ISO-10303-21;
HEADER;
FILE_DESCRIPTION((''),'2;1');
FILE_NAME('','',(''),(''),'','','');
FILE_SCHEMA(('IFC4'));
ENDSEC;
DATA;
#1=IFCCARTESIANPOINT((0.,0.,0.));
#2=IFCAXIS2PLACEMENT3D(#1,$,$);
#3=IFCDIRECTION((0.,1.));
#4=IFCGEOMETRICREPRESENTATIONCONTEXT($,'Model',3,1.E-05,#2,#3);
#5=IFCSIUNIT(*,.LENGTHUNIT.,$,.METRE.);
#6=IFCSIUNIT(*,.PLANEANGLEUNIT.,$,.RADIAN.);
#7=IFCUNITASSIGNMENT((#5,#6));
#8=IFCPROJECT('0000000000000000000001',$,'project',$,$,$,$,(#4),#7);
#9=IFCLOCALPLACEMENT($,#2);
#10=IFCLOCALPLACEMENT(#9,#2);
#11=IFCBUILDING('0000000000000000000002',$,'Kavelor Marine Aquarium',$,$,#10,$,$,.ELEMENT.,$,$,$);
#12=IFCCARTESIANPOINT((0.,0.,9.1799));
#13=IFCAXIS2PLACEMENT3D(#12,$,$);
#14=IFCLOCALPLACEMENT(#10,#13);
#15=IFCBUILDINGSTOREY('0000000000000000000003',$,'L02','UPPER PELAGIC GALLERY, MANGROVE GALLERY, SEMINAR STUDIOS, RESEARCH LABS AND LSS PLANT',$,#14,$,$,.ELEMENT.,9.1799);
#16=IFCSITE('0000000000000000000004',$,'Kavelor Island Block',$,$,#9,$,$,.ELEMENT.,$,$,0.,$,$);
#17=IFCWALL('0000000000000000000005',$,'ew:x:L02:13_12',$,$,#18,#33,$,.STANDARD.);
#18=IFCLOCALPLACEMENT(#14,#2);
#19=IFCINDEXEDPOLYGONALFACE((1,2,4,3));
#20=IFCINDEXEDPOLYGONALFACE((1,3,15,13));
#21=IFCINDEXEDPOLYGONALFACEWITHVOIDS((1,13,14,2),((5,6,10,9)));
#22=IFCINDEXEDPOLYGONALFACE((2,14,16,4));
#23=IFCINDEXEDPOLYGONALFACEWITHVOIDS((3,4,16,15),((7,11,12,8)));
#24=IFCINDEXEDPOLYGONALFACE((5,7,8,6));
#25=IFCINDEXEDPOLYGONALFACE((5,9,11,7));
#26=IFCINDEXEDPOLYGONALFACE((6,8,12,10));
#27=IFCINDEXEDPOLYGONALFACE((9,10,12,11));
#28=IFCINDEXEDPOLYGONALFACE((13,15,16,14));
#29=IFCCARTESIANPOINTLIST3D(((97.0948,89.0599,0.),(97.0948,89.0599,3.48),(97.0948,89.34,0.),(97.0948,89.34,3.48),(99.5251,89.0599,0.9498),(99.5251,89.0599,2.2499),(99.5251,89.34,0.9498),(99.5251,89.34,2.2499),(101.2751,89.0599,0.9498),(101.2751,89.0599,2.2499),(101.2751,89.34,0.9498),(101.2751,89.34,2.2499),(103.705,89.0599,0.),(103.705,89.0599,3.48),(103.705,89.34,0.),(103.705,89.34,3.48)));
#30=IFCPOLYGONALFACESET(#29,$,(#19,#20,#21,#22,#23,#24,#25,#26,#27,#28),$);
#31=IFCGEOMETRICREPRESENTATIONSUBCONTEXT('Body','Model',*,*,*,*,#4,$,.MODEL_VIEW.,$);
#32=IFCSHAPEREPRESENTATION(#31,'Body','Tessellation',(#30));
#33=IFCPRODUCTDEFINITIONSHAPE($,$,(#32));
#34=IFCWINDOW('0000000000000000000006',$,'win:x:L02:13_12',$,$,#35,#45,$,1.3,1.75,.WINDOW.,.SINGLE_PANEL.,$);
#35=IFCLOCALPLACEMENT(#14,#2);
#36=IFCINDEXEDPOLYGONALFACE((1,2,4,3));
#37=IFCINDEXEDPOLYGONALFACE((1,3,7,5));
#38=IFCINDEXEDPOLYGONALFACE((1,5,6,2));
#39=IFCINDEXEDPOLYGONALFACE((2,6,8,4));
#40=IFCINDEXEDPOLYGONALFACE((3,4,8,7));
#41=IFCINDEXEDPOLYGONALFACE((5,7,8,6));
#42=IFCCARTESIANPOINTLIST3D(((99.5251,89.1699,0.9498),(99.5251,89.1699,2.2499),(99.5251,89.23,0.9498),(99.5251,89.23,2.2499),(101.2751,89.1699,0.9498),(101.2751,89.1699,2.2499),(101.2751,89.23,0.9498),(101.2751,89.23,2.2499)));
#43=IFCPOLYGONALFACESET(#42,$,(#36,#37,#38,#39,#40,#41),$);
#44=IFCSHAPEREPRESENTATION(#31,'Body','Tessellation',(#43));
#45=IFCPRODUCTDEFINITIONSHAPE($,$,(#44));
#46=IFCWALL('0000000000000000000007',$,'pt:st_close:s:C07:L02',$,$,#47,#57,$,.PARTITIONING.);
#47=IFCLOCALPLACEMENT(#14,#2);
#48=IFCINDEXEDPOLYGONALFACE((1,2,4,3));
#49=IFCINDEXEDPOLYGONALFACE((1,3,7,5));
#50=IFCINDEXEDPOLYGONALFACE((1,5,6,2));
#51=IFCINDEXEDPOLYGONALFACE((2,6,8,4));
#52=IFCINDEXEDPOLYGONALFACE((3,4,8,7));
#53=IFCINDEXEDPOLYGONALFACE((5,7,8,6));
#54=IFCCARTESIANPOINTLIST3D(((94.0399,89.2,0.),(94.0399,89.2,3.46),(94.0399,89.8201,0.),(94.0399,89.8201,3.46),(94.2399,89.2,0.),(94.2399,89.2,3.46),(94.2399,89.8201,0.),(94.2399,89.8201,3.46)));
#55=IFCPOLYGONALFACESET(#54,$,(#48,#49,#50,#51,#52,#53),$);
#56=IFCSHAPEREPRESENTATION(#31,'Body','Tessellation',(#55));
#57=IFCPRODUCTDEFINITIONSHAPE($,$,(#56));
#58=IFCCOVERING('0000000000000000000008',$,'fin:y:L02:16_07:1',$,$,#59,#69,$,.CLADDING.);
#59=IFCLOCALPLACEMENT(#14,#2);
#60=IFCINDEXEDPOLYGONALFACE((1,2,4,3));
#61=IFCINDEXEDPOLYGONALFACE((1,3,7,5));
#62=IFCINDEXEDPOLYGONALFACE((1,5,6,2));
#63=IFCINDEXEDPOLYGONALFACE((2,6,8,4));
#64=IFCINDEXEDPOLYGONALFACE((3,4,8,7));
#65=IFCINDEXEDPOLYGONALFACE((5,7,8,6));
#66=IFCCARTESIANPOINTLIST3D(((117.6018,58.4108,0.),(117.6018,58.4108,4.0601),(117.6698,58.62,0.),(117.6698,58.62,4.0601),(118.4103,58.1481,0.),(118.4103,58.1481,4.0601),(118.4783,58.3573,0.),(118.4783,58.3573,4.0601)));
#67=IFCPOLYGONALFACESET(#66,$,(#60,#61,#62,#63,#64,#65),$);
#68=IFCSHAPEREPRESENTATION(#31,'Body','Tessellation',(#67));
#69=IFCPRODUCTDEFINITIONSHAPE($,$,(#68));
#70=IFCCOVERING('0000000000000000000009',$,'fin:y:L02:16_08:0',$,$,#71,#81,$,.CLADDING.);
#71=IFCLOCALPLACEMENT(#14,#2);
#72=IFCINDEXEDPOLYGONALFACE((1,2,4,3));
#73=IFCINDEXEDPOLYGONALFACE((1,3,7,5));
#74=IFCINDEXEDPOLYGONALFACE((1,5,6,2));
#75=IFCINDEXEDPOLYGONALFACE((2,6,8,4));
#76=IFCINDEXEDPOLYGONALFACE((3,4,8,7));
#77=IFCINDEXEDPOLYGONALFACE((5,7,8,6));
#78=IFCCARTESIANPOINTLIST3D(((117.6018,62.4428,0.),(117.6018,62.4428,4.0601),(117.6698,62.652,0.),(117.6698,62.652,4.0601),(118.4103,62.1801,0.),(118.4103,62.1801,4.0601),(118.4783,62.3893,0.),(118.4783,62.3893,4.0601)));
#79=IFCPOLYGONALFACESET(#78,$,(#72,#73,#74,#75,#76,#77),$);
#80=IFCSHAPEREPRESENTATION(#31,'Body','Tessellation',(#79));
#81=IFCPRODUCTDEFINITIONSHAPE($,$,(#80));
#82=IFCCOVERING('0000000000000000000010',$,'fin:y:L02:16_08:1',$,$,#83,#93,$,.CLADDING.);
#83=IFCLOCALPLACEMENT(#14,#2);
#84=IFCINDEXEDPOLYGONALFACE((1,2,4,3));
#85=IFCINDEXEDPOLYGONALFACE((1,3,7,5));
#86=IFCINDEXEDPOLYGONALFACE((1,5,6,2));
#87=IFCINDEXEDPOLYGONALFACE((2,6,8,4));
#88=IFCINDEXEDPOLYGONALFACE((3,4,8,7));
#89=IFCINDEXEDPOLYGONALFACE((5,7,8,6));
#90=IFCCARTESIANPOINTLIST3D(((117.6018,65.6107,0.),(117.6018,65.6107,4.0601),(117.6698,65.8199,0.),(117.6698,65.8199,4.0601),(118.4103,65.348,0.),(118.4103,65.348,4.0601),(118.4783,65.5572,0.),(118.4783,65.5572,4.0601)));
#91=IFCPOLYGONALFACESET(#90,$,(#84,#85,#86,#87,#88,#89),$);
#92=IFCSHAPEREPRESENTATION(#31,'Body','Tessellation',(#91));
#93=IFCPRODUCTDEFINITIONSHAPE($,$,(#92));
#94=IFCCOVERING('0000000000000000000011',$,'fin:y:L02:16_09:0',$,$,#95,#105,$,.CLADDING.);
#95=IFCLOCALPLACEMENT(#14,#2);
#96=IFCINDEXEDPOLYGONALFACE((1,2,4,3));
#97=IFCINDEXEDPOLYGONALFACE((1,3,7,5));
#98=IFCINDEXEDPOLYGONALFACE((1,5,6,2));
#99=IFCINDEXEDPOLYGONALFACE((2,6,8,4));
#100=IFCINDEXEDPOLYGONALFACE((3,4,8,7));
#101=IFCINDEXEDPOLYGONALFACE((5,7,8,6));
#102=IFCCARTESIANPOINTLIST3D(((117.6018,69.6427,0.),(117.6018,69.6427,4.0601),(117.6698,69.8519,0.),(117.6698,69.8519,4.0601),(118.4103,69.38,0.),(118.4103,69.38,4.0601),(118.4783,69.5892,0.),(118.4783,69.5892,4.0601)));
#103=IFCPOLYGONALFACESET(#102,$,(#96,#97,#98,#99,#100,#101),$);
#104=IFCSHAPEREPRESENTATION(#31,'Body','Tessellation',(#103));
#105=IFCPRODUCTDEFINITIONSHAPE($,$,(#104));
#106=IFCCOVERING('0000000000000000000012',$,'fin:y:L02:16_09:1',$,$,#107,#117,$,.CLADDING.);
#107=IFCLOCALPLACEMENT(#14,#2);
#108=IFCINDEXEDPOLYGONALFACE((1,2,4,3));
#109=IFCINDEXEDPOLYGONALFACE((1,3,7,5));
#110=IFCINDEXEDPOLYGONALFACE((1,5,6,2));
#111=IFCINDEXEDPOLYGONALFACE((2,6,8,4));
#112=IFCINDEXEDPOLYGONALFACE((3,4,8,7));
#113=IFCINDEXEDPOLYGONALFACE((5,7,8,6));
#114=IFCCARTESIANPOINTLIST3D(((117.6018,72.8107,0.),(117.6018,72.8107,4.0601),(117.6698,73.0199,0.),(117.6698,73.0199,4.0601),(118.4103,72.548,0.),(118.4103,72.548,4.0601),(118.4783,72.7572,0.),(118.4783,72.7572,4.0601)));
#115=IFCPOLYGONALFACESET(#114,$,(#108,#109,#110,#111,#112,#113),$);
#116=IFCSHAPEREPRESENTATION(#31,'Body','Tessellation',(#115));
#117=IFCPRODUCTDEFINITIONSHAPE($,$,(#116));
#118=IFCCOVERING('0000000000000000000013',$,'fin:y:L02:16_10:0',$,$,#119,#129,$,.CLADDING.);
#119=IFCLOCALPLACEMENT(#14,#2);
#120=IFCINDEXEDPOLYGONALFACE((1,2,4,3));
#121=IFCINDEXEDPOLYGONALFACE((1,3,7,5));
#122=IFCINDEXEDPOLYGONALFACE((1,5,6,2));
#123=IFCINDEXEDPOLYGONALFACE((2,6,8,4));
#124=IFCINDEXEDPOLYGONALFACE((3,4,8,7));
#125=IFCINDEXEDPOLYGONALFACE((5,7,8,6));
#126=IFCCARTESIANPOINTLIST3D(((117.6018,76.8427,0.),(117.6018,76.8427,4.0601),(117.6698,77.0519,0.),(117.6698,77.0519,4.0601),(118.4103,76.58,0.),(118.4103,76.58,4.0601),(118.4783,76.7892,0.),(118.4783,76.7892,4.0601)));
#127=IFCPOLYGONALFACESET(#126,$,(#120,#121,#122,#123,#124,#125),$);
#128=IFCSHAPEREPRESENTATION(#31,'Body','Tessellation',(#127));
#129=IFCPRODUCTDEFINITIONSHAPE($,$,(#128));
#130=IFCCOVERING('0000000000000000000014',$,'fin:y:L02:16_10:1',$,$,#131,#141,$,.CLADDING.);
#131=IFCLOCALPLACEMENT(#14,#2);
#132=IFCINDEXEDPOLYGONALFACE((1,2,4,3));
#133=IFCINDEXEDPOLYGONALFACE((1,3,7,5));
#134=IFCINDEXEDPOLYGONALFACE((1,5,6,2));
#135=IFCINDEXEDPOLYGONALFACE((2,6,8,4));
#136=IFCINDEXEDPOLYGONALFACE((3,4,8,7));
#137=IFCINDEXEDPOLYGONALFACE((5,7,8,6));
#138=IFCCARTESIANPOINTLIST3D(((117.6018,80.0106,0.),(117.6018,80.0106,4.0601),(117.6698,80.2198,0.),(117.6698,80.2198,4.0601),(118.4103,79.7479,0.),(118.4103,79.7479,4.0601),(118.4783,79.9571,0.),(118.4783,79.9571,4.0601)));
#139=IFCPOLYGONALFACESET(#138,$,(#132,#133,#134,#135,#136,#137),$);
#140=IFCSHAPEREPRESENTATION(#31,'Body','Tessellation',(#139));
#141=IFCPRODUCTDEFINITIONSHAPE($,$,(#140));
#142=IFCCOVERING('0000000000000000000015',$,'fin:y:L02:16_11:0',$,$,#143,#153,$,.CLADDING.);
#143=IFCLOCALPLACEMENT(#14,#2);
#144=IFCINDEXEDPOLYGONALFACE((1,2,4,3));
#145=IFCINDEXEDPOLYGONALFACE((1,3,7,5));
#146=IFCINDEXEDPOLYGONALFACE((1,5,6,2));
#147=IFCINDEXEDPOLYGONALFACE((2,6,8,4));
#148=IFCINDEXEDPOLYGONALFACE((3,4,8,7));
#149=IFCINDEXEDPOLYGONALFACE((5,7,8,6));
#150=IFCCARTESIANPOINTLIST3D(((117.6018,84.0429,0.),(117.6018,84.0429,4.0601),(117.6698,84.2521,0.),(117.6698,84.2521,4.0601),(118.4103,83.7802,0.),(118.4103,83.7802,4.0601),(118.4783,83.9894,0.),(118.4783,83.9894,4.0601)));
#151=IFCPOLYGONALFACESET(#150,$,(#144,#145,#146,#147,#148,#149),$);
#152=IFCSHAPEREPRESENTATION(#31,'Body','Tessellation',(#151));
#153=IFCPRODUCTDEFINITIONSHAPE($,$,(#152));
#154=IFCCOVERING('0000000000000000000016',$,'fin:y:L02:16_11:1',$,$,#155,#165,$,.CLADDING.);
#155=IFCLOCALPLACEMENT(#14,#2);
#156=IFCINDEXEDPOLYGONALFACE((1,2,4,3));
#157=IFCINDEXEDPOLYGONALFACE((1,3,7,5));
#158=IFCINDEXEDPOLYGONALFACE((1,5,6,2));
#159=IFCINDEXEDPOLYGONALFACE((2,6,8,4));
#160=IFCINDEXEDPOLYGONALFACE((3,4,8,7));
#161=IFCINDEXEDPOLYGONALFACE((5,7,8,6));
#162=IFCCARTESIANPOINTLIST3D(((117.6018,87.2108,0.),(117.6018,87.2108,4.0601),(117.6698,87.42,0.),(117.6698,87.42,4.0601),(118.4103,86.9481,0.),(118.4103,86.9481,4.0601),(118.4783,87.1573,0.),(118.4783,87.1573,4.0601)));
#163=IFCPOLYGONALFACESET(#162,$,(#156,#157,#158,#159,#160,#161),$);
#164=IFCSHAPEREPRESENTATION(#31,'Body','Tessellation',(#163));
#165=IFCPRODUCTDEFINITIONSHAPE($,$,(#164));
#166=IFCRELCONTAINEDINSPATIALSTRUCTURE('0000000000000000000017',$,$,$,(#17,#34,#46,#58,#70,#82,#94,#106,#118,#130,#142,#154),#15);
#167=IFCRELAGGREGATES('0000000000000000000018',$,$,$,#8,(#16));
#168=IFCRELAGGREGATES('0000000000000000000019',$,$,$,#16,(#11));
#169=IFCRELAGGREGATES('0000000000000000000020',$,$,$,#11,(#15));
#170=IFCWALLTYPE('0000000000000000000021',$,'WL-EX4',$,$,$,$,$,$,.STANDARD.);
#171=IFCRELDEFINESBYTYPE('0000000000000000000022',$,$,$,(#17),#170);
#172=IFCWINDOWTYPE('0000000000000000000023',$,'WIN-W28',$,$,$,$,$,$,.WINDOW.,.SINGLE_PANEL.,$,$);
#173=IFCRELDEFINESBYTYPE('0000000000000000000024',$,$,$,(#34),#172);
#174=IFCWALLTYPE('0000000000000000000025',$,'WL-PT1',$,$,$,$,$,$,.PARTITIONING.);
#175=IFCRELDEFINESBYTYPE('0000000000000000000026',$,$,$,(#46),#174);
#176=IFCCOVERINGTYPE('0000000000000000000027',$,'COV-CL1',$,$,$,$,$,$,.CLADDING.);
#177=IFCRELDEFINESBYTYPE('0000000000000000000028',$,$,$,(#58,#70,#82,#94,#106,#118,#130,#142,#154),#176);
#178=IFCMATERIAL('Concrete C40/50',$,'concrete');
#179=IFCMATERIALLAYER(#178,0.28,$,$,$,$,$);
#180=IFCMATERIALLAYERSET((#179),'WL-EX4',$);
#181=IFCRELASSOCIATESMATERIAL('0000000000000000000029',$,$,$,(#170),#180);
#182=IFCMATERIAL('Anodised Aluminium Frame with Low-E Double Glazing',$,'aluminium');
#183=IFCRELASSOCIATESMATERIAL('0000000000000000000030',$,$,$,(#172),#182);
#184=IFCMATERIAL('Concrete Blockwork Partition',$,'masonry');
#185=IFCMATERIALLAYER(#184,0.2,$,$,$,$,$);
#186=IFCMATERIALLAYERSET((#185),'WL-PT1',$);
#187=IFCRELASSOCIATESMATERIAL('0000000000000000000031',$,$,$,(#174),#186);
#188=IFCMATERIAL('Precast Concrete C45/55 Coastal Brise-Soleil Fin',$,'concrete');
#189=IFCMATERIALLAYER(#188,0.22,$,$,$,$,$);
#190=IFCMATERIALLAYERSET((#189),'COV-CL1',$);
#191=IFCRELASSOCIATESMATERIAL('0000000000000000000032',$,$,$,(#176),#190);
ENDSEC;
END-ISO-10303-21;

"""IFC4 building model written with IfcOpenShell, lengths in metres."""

from ifc_helpers import new_model, si_unit, direction, frame, frame_2d, origin, origin_2d, place, context, subcontext, project, spatial, rectangle, extrude, material, layer, layer_set, type_object, element, fill, save


model = new_model("IFC4")

# Units and contexts
model_context = context("Model", 3, precision=1e-05, world=origin(), true_north=direction((0.0, 1.0)))
body_context = subcontext(model_context, "Body", "Model", "MODEL_VIEW")
ifc_project = project(units=[si_unit("LENGTHUNIT", "METRE"), si_unit("PLANEANGLEUNIT", "RADIAN")], contexts=[model_context])

# Site, building, storey
site_placement = place(None, origin())
site = spatial("IfcSite", under=ifc_project, at=site_placement, Name="Kavelor Island Block", CompositionType="ELEMENT", RefElevation=0.0)
building_placement = place(site_placement, origin())
building = spatial("IfcBuilding", under=site, at=building_placement, Name="Kavelor Marine Aquarium", CompositionType="ELEMENT")
storey_placement = place(building_placement, frame((0.0, 0.0, 9.1799)))
storey = spatial("IfcBuildingStorey", under=building, at=storey_placement, Name="L02", Description="UPPER PELAGIC GALLERY, MANGROVE GALLERY, SEMINAR STUDIOS, RESEARCH LABS AND LSS PLANT", CompositionType="ELEMENT", Elevation=9.1799)

# Wall, opening, window
ifc_material_1 = material(Name="Concrete C40/50", Category="concrete")
ifc_layer_1 = layer(ifc_material_1, 0.28)
ifc_layer_set_1 = layer_set([ifc_layer_1], Name="WL-EX4")
wall_type_1 = type_object("IfcWallType", Name="WL-EX4", PredefinedType="STANDARD", material=ifc_layer_set_1)
wall_1_placement = place(storey_placement, frame((103.7051, 89.2, 0.0), z_axis=(0.0, 0.0, 1.0), x_axis=(-1.0, 0.0, 0.0)))
wall_1 = element("IfcWall", 1, at=wall_1_placement, inside=storey, type_object=wall_type_1, Name="ew:x:L02:13_12", PredefinedType="STANDARD", context=body_context, shape_type="SweptSolid", body=[
    extrude(rectangle(XDim=6.6101, YDim=0.28, at=frame_2d((3.3052, 0.0))), origin(), (0.0, 0.0, 1.0), 3.48),
])
opening_placement = place(wall_1_placement, frame((2.4299, 0.0, 0.95)))
opening = element("IfcOpeningElement", 2, at=opening_placement, cuts=wall_1, PredefinedType="OPENING", context=body_context, shape_type="SweptSolid", body=[
    extrude(rectangle(XDim=1.75, YDim=1.3, at=frame_2d((0.875, 0.6499))), frame((0.0, 0.1499, 0.0), z_axis=(0.0, -1.0, 0.0), x_axis=(1.0, 0.0, 0.0)), (0.0, 0.0, 1.0), 0.3),
])
ifc_material_2 = material(Name="Anodised Aluminium Frame with Low-E Double Glazing", Category="aluminium")
window_type = type_object("IfcWindowType", Name="WIN-W28", PartitioningType="SINGLE_PANEL", PredefinedType="WINDOW", material=ifc_material_2)
window_placement = place(opening_placement, origin())
window = element("IfcWindow", 3, at=window_placement, inside=storey, type_object=window_type, Name="win:x:L02:13_12", OverallHeight=1.3, OverallWidth=1.75, PartitioningType="SINGLE_PANEL", PredefinedType="WINDOW", context=body_context, shape_type="SweptSolid", body=[
    extrude(rectangle(XDim=1.75, YDim=1.3, at=frame_2d((0.875, 0.6499))), frame((0.0, 0.03, 0.0), z_axis=(0.0, -1.0, 0.0), x_axis=(1.0, 0.0, 0.0)), (0.0, 0.0, 1.0), 0.0601),
])
fill(opening, window)

# Wall
ifc_material_3 = material(Name="Concrete Blockwork Partition", Category="masonry")
ifc_layer_2 = layer(ifc_material_3, 0.2)
ifc_layer_set_2 = layer_set([ifc_layer_2], Name="WL-PT1")
wall_type_2 = type_object("IfcWallType", Name="WL-PT1", PredefinedType="PARTITIONING", material=ifc_layer_set_2)
wall_2_placement = place(storey_placement, frame((94.1399, 89.2, 0.0), z_axis=(0.0, 0.0, 1.0), x_axis=(0.0, 1.0, 0.0)))
element("IfcWall", 4, at=wall_2_placement, inside=storey, type_object=wall_type_2, Name="pt:st_close:s:C07:L02", PredefinedType="PARTITIONING", context=body_context, shape_type="SweptSolid", body=[
    extrude(rectangle(XDim=0.6201, YDim=0.2, at=frame_2d((0.3101, 0.0))), origin(), (0.0, 0.0, 1.0), 3.46),
])

# Coverings
ifc_material_4 = material(Name="Precast Concrete C45/55 Coastal Brise-Soleil Fin", Category="concrete")
ifc_layer_3 = layer(ifc_material_4, 0.22)
ifc_layer_set_3 = layer_set([ifc_layer_3], Name="COV-CL1")
covering_type = type_object("IfcCoveringType", Name="COV-CL1", PredefinedType="CLADDING", material=ifc_layer_set_3)
for number, where, z_axis, x_axis, name in (
    (5, (118.04, 58.384, 0.0), (0.0, 0.0, 1.0), (0.951057, -0.309017, 0.0), "fin:y:L02:16_07:1"),
    (6, (118.04, 62.416, 0.0), (0.0, 0.0, 1.0), (0.951057, -0.309017, 0.0), "fin:y:L02:16_08:0"),
    (7, (118.04, 65.584, 0.0), (0.0, 0.0, 1.0), (0.951057, -0.309017, 0.0), "fin:y:L02:16_08:1"),
    (8, (118.04, 69.616, 0.0), (0.0, 0.0, 1.0), (0.951057, -0.309017, 0.0), "fin:y:L02:16_09:0"),
    (9, (118.04, 72.7839, 0.0), (0.0, 0.0, 1.0), (0.951057, -0.309017, 0.0), "fin:y:L02:16_09:1"),
    (10, (118.04, 76.8159, 0.0), (0.0, 0.0, 1.0), (0.951057, -0.309017, 0.0), "fin:y:L02:16_10:0"),
    (11, (118.04, 79.9839, 0.0), (0.0, 0.0, 1.0), (0.951057, -0.309017, 0.0), "fin:y:L02:16_10:1"),
    (12, (118.04, 84.0161, 0.0), (0.0, 0.0, 1.0), (0.951057, -0.309017, 0.0), "fin:y:L02:16_11:0"),
    (13, (118.04, 87.1841, 0.0), (0.0, 0.0, 1.0), (0.951057, -0.309017, 0.0), "fin:y:L02:16_11:1"),
):
    element("IfcCovering", number, at=place(storey_placement, frame(where, z_axis=z_axis, x_axis=x_axis)), inside=storey, type_object=covering_type, Name=name, PredefinedType="CLADDING", context=body_context, shape_type="SweptSolid", body=[
        extrude(rectangle(XDim=0.8501, YDim=0.22, at=origin_2d()), origin(), (0.0, 0.0, 1.0), 4.0601),
    ])

save(model, "model.ifc")
